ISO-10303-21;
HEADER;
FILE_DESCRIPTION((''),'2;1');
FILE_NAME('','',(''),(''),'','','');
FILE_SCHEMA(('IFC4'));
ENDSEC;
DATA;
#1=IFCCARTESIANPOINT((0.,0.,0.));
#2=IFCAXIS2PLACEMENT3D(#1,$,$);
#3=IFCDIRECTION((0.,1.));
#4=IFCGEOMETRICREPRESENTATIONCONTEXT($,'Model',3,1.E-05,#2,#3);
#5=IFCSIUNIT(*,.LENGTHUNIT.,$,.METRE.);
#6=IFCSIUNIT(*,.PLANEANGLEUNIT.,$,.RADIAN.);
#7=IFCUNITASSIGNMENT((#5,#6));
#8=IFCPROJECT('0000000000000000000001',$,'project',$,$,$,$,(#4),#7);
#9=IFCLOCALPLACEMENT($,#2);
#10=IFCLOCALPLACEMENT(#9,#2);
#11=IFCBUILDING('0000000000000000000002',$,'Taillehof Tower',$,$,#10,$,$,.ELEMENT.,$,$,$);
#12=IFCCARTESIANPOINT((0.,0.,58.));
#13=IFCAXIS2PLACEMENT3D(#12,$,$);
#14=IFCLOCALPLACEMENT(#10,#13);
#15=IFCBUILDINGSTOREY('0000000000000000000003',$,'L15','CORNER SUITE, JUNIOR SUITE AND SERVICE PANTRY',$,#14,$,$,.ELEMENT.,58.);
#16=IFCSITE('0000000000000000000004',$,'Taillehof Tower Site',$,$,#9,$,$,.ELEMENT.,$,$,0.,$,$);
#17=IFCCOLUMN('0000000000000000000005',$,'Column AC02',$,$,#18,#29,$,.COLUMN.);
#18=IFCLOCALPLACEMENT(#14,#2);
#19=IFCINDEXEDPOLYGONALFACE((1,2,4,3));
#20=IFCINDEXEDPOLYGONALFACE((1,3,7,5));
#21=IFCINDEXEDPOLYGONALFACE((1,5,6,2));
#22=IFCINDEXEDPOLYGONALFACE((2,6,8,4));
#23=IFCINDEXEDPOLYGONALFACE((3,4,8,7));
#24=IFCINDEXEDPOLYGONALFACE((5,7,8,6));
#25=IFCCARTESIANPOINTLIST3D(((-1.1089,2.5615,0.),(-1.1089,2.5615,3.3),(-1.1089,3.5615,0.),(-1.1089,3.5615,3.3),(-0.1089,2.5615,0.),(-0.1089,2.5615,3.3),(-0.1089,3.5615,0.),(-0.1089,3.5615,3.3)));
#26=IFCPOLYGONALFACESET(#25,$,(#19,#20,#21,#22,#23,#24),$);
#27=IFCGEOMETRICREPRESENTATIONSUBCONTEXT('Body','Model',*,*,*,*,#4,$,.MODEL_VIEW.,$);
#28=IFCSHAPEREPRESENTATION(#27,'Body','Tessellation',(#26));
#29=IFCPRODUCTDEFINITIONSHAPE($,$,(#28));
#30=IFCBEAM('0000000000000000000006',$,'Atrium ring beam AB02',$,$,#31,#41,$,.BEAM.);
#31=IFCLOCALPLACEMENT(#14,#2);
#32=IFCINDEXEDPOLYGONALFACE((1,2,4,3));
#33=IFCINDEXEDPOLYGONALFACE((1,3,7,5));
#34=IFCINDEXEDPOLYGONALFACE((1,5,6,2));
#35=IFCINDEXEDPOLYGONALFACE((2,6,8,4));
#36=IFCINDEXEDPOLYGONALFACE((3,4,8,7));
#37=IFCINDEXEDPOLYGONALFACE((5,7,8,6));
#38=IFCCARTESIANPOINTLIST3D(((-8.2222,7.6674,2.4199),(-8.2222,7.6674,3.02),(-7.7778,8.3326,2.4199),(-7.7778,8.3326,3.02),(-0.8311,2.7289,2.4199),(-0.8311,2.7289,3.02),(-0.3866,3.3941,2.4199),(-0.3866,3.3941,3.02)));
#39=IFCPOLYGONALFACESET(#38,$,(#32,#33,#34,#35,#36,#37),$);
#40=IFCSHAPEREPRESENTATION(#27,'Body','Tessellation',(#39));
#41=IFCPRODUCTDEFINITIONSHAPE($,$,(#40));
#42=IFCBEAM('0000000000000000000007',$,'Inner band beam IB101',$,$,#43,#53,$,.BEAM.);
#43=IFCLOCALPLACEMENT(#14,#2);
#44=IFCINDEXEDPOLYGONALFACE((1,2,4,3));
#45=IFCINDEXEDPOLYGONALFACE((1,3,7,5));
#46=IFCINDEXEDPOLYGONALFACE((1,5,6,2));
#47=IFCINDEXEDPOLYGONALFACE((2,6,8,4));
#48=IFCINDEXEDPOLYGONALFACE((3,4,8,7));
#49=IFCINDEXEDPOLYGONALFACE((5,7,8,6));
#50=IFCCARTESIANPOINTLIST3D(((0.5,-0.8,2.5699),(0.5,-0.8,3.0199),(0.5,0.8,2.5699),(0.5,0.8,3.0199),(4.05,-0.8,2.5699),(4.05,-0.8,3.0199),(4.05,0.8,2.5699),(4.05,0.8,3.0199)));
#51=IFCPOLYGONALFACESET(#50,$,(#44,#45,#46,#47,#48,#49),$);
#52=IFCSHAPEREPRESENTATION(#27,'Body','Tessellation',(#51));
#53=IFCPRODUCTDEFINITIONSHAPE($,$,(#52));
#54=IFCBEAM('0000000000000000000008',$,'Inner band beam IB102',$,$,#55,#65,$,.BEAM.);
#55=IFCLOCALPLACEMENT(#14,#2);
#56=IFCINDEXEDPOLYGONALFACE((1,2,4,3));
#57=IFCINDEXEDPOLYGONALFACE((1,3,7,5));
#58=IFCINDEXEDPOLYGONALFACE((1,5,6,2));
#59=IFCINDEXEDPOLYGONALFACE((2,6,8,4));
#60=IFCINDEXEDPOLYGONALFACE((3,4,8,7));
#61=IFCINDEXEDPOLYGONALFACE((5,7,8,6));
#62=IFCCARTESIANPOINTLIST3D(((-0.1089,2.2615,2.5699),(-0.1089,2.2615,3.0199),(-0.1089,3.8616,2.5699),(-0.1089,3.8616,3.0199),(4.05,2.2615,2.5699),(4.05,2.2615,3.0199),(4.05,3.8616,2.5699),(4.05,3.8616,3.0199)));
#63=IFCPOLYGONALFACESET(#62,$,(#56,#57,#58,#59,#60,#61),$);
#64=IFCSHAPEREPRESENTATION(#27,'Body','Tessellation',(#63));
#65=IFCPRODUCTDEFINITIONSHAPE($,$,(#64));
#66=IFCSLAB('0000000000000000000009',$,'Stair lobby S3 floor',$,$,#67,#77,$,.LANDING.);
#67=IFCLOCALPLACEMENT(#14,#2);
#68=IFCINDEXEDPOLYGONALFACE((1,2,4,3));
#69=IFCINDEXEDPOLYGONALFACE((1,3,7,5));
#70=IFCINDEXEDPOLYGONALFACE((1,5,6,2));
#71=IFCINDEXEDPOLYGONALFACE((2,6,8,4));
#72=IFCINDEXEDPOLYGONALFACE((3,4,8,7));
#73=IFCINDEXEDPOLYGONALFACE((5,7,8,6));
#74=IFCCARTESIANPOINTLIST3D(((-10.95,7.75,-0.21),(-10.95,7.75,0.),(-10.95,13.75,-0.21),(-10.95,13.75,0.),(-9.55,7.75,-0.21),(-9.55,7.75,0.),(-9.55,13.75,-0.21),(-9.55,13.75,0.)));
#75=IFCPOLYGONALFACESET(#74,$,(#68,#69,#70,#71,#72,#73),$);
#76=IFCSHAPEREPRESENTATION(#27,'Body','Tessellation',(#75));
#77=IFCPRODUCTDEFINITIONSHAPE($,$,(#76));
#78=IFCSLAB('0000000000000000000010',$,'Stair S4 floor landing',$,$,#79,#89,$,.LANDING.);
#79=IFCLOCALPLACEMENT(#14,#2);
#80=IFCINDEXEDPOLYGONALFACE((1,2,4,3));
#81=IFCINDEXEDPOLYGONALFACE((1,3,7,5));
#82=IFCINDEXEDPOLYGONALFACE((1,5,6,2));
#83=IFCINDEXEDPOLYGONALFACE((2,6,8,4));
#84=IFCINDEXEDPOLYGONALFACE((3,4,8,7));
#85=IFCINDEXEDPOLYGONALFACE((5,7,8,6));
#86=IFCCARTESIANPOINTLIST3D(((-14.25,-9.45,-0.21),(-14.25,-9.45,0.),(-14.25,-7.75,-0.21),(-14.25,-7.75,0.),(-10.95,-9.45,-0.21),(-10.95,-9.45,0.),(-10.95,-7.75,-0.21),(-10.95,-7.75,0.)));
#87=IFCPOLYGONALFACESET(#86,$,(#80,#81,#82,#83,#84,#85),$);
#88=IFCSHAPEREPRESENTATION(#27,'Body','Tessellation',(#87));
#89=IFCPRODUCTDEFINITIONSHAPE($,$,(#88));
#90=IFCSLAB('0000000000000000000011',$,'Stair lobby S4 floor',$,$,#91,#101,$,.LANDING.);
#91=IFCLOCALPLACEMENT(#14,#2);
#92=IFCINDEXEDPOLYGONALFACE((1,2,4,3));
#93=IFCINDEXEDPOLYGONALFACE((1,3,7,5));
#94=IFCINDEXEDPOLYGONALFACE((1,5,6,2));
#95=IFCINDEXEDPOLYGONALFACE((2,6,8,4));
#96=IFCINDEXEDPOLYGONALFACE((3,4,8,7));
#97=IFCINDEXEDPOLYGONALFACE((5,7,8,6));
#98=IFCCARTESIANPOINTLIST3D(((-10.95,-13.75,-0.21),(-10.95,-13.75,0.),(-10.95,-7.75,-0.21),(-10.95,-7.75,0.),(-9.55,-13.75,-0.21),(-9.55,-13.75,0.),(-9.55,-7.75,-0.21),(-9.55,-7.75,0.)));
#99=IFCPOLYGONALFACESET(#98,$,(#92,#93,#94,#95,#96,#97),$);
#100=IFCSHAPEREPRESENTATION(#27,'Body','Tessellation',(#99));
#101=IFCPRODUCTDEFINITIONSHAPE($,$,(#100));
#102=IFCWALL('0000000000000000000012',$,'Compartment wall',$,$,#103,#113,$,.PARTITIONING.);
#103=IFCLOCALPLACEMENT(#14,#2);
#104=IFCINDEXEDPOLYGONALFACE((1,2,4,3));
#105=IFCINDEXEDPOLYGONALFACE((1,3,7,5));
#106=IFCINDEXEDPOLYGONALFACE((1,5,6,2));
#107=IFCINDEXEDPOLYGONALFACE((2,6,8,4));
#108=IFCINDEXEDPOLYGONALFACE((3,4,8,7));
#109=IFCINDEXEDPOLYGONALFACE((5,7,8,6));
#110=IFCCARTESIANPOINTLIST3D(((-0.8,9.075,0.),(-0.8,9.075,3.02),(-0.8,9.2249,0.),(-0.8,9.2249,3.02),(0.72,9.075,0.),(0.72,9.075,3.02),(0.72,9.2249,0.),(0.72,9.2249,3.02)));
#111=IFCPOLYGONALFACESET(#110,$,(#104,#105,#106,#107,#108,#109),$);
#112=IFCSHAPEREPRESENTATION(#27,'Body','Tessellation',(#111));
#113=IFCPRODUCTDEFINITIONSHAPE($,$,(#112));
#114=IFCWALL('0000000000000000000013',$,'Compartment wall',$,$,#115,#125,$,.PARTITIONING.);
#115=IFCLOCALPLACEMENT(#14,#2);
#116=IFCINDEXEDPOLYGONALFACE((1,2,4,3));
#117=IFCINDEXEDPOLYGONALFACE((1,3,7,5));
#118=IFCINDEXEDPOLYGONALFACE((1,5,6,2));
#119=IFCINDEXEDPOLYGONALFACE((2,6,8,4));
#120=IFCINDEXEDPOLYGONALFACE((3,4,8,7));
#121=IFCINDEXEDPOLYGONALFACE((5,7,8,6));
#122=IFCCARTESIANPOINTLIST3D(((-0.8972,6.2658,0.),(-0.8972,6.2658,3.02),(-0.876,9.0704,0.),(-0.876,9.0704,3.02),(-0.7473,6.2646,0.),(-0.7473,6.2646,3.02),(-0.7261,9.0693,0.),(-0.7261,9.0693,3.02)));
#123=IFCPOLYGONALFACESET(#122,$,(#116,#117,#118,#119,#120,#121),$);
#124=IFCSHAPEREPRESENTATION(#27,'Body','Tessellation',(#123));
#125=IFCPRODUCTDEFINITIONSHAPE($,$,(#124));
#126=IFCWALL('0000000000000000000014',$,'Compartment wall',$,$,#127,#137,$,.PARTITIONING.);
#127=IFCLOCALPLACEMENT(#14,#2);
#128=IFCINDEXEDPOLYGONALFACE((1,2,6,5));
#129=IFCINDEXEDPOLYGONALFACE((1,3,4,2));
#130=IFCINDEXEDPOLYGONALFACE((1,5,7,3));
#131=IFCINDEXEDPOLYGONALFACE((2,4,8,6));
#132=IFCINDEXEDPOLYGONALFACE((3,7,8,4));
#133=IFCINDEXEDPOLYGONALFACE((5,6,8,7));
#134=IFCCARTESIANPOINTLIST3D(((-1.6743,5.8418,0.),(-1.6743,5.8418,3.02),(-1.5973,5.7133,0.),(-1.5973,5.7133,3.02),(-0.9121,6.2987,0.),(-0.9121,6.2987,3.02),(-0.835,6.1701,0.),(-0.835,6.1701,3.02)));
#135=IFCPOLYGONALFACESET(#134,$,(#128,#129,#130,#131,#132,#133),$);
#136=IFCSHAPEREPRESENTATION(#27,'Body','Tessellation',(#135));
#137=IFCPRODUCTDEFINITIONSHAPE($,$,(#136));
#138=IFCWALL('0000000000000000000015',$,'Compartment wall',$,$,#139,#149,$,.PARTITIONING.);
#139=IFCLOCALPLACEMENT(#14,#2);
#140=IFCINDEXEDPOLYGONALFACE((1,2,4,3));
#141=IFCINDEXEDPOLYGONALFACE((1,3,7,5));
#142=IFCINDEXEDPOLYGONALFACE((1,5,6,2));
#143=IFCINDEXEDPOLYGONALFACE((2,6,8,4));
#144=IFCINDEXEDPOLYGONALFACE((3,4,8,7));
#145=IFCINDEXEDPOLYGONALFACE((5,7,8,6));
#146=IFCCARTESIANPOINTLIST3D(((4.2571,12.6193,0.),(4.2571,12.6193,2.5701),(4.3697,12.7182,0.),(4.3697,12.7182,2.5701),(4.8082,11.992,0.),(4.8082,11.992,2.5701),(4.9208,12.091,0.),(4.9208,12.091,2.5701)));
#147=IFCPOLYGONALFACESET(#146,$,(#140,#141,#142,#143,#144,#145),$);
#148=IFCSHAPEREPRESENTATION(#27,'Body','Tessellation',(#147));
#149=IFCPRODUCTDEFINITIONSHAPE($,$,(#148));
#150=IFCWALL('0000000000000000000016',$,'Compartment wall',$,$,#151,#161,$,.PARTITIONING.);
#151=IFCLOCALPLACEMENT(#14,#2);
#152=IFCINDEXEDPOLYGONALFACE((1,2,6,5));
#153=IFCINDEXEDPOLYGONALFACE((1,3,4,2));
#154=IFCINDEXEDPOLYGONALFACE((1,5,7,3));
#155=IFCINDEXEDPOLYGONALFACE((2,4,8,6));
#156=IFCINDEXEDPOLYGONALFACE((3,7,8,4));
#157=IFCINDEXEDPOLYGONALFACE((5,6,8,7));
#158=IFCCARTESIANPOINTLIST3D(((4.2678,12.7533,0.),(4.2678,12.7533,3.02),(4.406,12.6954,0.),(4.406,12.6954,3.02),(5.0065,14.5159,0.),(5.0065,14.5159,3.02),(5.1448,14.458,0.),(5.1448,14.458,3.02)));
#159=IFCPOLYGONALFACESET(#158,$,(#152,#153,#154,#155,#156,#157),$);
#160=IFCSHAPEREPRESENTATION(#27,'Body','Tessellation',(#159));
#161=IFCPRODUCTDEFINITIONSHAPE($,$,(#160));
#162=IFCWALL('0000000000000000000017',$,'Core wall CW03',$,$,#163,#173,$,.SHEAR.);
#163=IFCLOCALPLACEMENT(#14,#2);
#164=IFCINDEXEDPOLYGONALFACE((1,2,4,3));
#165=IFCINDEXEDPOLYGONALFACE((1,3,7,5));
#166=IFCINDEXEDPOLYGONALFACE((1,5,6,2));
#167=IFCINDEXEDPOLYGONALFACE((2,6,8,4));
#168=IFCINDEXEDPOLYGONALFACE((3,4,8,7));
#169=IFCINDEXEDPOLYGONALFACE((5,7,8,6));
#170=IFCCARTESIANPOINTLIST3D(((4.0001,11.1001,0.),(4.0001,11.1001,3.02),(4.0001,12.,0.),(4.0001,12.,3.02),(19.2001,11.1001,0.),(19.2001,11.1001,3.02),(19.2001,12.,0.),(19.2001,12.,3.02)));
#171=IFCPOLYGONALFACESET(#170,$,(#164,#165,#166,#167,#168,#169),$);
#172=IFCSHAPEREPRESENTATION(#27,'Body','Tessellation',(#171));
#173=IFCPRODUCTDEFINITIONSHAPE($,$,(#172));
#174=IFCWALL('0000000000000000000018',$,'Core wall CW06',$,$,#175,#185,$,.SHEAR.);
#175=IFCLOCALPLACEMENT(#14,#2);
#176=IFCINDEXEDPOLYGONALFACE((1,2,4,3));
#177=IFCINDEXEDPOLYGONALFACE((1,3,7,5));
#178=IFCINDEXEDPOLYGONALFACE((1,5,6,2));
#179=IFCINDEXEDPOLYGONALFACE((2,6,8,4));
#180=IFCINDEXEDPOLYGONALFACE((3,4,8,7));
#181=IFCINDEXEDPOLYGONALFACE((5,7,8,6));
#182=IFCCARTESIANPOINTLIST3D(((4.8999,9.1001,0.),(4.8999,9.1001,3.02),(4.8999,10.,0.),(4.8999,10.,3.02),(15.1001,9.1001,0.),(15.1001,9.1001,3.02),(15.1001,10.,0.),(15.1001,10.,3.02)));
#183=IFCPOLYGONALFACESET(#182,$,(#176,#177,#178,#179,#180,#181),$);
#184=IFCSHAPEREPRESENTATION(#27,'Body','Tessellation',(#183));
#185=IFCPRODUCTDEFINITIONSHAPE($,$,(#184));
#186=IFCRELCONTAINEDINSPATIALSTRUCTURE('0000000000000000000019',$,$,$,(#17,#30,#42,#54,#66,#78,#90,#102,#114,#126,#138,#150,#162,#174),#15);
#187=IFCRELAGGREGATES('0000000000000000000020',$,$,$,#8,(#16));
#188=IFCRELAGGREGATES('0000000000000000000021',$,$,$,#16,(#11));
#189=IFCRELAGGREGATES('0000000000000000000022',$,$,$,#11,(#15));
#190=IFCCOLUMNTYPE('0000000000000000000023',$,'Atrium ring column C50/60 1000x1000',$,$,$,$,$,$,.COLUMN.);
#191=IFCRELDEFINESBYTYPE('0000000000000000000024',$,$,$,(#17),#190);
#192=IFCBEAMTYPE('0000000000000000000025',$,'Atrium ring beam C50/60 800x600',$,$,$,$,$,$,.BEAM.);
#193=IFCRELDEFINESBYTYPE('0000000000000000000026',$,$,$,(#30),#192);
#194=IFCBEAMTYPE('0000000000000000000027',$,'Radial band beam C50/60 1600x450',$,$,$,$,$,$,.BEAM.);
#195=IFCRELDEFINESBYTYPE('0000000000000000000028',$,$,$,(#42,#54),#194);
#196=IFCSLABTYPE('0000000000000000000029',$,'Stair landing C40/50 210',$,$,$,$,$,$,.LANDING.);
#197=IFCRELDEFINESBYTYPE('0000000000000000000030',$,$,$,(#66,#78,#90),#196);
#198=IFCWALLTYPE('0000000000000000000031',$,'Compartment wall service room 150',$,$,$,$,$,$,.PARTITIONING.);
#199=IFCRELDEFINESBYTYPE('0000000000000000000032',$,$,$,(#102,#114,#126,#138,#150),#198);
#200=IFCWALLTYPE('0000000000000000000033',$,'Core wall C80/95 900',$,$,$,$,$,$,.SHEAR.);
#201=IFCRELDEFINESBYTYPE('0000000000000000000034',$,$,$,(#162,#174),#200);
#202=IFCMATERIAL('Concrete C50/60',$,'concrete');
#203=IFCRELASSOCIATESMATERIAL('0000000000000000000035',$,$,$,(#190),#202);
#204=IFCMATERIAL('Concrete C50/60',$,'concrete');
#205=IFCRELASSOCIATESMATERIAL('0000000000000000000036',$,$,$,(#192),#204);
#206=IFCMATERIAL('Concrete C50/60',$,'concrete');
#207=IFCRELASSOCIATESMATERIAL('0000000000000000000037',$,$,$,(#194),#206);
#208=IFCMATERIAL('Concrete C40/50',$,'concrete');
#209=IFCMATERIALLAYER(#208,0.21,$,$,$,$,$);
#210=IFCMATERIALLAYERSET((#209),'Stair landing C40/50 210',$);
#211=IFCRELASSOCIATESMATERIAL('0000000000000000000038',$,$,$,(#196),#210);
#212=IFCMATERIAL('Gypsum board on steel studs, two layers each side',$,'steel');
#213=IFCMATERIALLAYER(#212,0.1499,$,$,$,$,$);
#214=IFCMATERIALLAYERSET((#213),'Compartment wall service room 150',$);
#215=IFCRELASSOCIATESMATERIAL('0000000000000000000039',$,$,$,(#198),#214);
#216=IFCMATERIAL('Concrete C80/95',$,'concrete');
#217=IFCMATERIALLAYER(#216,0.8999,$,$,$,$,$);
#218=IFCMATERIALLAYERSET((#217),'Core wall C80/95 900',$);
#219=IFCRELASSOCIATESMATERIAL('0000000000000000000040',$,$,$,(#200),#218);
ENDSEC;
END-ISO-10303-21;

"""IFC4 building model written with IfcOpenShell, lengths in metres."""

from ifc_helpers import new_model, si_unit, direction, frame, frame_2d, origin, origin_2d, place, context, subcontext, project, spatial, polyline, rectangle, outline, extrude, material, layer, layer_set, material_profile, profile_set, type_object, element, save


model = new_model("IFC4")

# Units and contexts
model_context = context("Model", 3, precision=1e-05, world=origin(), true_north=direction((0.0, 1.0)))
body_context = subcontext(model_context, "Body", "Model", "MODEL_VIEW")
ifc_project = project(units=[si_unit("LENGTHUNIT", "METRE"), si_unit("PLANEANGLEUNIT", "RADIAN")], contexts=[model_context])

# Site, building, storey
site_placement = place(None, origin())
site = spatial("IfcSite", under=ifc_project, at=site_placement, Name="Taillehof Tower Site", CompositionType="ELEMENT", RefElevation=0.0)
building_placement = place(site_placement, origin())
building = spatial("IfcBuilding", under=site, at=building_placement, Name="Taillehof Tower", CompositionType="ELEMENT")
storey_placement = place(building_placement, frame((0.0, 0.0, 58.0)))
storey = spatial("IfcBuildingStorey", under=building, at=storey_placement, Name="L15", Description="CORNER SUITE, JUNIOR SUITE AND SERVICE PANTRY", CompositionType="ELEMENT", Elevation=58.0)

# Column
ifc_material_1 = material(Name="Concrete C50/60", Category="concrete")
ifc_material_profile_1 = material_profile(ifc_material_1, rectangle(XDim=1.0, YDim=1.0, at=origin_2d()), Name="RC 1000x1000")
ifc_profile_set_1 = profile_set([ifc_material_profile_1], Name="Concrete C50/60")
column_type = type_object("IfcColumnType", Name="Atrium ring column C50/60 1000x1000", PredefinedType="COLUMN", material=ifc_profile_set_1)
column_placement = place(storey_placement, frame((-0.6089, 3.0615, 0.0), z_axis=(0.0, 0.0, 1.0), x_axis=(1.0, 0.0, 0.0)))
element("IfcColumn", 1, at=column_placement, inside=storey, type_object=column_type, Name="Column AC02", PredefinedType="COLUMN", context=body_context, shape_type="SweptSolid", body=[
    extrude(rectangle(XDim=1.0, YDim=1.0, at=origin_2d()), origin(), (0.0, 0.0, 1.0), 3.3),
])

# Beams
ifc_material_2 = material(Name="Concrete C50/60", Category="concrete")
ifc_material_profile_2 = material_profile(ifc_material_2, rectangle(XDim=0.8, YDim=0.6001, at=origin_2d()), Name="RC 800x600")
ifc_profile_set_2 = profile_set([ifc_material_profile_2], Name="Concrete C50/60")
beam_type_1 = type_object("IfcBeamType", Name="Atrium ring beam C50/60 800x600", PredefinedType="BEAM", material=ifc_profile_set_2)
beam_1_placement = place(storey_placement, frame((-0.6089, 3.0615, 2.72), z_axis=(-0.831475, 0.555562, 0.0), x_axis=(-0.555562, -0.831475, 0.0)))
element("IfcBeam", 2, at=beam_1_placement, inside=storey, type_object=beam_type_1, Name="Atrium ring beam AB02", PredefinedType="BEAM", context=body_context, shape_type="SweptSolid", body=[
    extrude(rectangle(XDim=0.8, YDim=0.6001, at=origin_2d()), origin(), (0.0, 0.0, 1.0), 8.8892),
])
ifc_material_3 = material(Name="Concrete C50/60", Category="concrete")
ifc_material_profile_3 = material_profile(ifc_material_3, rectangle(XDim=1.6001, YDim=0.45, at=origin_2d()), Name="RC 1600x450")
ifc_profile_set_3 = profile_set([ifc_material_profile_3], Name="Concrete C50/60")
beam_type_2 = type_object("IfcBeamType", Name="Radial band beam C50/60 1600x450", PredefinedType="BEAM", material=ifc_profile_set_3)
beam_2_placement = place(storey_placement, frame((0.5, 0.0, 2.7949), z_axis=(1.0, 0.0, 0.0), x_axis=(0.0, 1.0, 0.0)))
element("IfcBeam", 3, at=beam_2_placement, inside=storey, type_object=beam_type_2, Name="Inner band beam IB101", PredefinedType="BEAM", context=body_context, shape_type="SweptSolid", body=[
    extrude(rectangle(XDim=1.6001, YDim=0.45, at=origin_2d()), origin(), (0.0, 0.0, 1.0), 3.55),
])
beam_3_placement = place(storey_placement, frame((-0.1089, 3.0615, 2.7949), z_axis=(1.0, 0.0, 0.0), x_axis=(0.0, 1.0, 0.0)))
element("IfcBeam", 4, at=beam_3_placement, inside=storey, type_object=beam_type_2, Name="Inner band beam IB102", PredefinedType="BEAM", context=body_context, shape_type="SweptSolid", body=[
    extrude(rectangle(XDim=1.6001, YDim=0.45, at=origin_2d()), origin(), (0.0, 0.0, 1.0), 4.1589),
])

# Slabs
ifc_material_4 = material(Name="Concrete C40/50", Category="concrete")
ifc_layer_1 = layer(ifc_material_4, 0.21)
ifc_layer_set_1 = layer_set([ifc_layer_1], Name="Stair landing C40/50 210")
slab_type = type_object("IfcSlabType", Name="Stair landing C40/50 210", PredefinedType="LANDING", material=ifc_layer_set_1)
slab_1_placement = place(storey_placement, frame((0.0, 0.0, -0.21)))
element("IfcSlab", 5, at=slab_1_placement, inside=storey, type_object=slab_type, Name="Stair lobby S3 floor", PredefinedType="LANDING", context=body_context, shape_type="SweptSolid", body=[
    extrude(outline(polyline([(-10.95, 7.75), (-9.55, 7.75), (-9.55, 13.75), (-10.95, 13.75), (-10.95, 7.75)])), origin(), (0.0, 0.0, 1.0), 0.21),
])
slab_2_placement = place(storey_placement, frame((0.0, 0.0, -0.21)))
element("IfcSlab", 6, at=slab_2_placement, inside=storey, type_object=slab_type, Name="Stair S4 floor landing", PredefinedType="LANDING", context=body_context, shape_type="SweptSolid", body=[
    extrude(outline(polyline([(-14.25, -7.75), (-14.25, -9.45), (-10.95, -9.45), (-10.95, -7.75), (-14.25, -7.75)])), origin(), (0.0, 0.0, 1.0), 0.21),
])
slab_3_placement = place(storey_placement, frame((0.0, 0.0, -0.21)))
element("IfcSlab", 7, at=slab_3_placement, inside=storey, type_object=slab_type, Name="Stair lobby S4 floor", PredefinedType="LANDING", context=body_context, shape_type="SweptSolid", body=[
    extrude(outline(polyline([(-10.95, -13.75), (-9.55, -13.75), (-9.55, -7.75), (-10.95, -7.75), (-10.95, -13.75)])), origin(), (0.0, 0.0, 1.0), 0.21),
])

# Walls
ifc_material_5 = material(Name="Gypsum board on steel studs, two layers each side", Category="steel")
ifc_layer_2 = layer(ifc_material_5, 0.1499)
ifc_layer_set_2 = layer_set([ifc_layer_2], Name="Compartment wall service room 150")
wall_type_1 = type_object("IfcWallType", Name="Compartment wall service room 150", PredefinedType="PARTITIONING", material=ifc_layer_set_2)
wall_1_placement = place(storey_placement, frame((0.72, 9.1499, 0.0), z_axis=(0.0, 0.0, 1.0), x_axis=(-1.0, 0.0, 0.0)))
element("IfcWall", 8, at=wall_1_placement, inside=storey, type_object=wall_type_1, Name="Compartment wall", PredefinedType="PARTITIONING", context=body_context, shape_type="SweptSolid", body=[
    extrude(rectangle(XDim=1.52, YDim=0.1499, at=frame_2d((0.76, 0.0))), origin(), (0.0, 0.0, 1.0), 3.02),
])
wall_2_placement = place(storey_placement, frame((-0.801, 9.0698, 0.0), z_axis=(0.0, 0.0, 1.0), x_axis=(-0.007573, -0.999971, 0.0)))
element("IfcWall", 9, at=wall_2_placement, inside=storey, type_object=wall_type_1, Name="Compartment wall", PredefinedType="PARTITIONING", context=body_context, shape_type="SweptSolid", body=[
    extrude(rectangle(XDim=2.8047, YDim=0.1499, at=frame_2d((1.4023, 0.0))), origin(), (0.0, 0.0, 1.0), 3.02),
])
wall_3_placement = place(storey_placement, frame((-0.8735, 6.2344, 0.0), z_axis=(0.0, 0.0, 1.0), x_axis=(-0.857759, -0.514051, 0.0)))
element("IfcWall", 10, at=wall_3_placement, inside=storey, type_object=wall_type_1, Name="Compartment wall", PredefinedType="PARTITIONING", context=body_context, shape_type="SweptSolid", body=[
    extrude(rectangle(XDim=0.8887, YDim=0.1499, at=frame_2d((0.4443, 0.0))), origin(), (0.0, 0.0, 1.0), 3.02),
])
wall_4_placement = place(storey_placement, frame((4.8645, 12.0415, 0.0), z_axis=(0.0, 0.0, 1.0), x_axis=(-0.660015, 0.751253, 0.0)))
element("IfcWall", 11, at=wall_4_placement, inside=storey, type_object=wall_type_1, Name="Compartment wall", PredefinedType="PARTITIONING", context=body_context, shape_type="SweptSolid", body=[
    extrude(rectangle(XDim=0.835, YDim=0.1499, at=frame_2d((0.4175, 0.0))), origin(), (0.0, 0.0, 1.0), 2.5701),
])
wall_5_placement = place(storey_placement, frame((4.3369, 12.7244, 0.0), z_axis=(0.0, 0.0, 1.0), x_axis=(0.386537, 0.922274, 0.0)))
element("IfcWall", 12, at=wall_5_placement, inside=storey, type_object=wall_type_1, Name="Compartment wall", PredefinedType="PARTITIONING", context=body_context, shape_type="SweptSolid", body=[
    extrude(rectangle(XDim=1.9111, YDim=0.1499, at=frame_2d((0.9556, 0.0))), origin(), (0.0, 0.0, 1.0), 3.02),
])
ifc_material_6 = material(Name="Concrete C80/95", Category="concrete")
ifc_layer_3 = layer(ifc_material_6, 0.8999)
ifc_layer_set_3 = layer_set([ifc_layer_3], Name="Core wall C80/95 900")
wall_type_2 = type_object("IfcWallType", Name="Core wall C80/95 900", PredefinedType="SHEAR", material=ifc_layer_set_3)
wall_6_placement = place(storey_placement, frame((4.0, 11.55, 0.0), z_axis=(0.0, 0.0, 1.0), x_axis=(1.0, 0.0, 0.0)))
element("IfcWall", 13, at=wall_6_placement, inside=storey, type_object=wall_type_2, Name="Core wall CW03", PredefinedType="SHEAR", context=body_context, shape_type="SweptSolid", body=[
    extrude(rectangle(XDim=15.2, YDim=0.8999, at=frame_2d((7.6001, 0.0))), origin(), (0.0, 0.0, 1.0), 3.02),
])
wall_7_placement = place(storey_placement, frame((4.8999, 9.55, 0.0), z_axis=(0.0, 0.0, 1.0), x_axis=(1.0, 0.0, 0.0)))
element("IfcWall", 14, at=wall_7_placement, inside=storey, type_object=wall_type_2, Name="Core wall CW06", PredefinedType="SHEAR", context=body_context, shape_type="SweptSolid", body=[
    extrude(rectangle(XDim=10.2002, YDim=0.8999, at=frame_2d((5.1001, 0.0))), origin(), (0.0, 0.0, 1.0), 3.02),
])

save(model, "model.ifc")
